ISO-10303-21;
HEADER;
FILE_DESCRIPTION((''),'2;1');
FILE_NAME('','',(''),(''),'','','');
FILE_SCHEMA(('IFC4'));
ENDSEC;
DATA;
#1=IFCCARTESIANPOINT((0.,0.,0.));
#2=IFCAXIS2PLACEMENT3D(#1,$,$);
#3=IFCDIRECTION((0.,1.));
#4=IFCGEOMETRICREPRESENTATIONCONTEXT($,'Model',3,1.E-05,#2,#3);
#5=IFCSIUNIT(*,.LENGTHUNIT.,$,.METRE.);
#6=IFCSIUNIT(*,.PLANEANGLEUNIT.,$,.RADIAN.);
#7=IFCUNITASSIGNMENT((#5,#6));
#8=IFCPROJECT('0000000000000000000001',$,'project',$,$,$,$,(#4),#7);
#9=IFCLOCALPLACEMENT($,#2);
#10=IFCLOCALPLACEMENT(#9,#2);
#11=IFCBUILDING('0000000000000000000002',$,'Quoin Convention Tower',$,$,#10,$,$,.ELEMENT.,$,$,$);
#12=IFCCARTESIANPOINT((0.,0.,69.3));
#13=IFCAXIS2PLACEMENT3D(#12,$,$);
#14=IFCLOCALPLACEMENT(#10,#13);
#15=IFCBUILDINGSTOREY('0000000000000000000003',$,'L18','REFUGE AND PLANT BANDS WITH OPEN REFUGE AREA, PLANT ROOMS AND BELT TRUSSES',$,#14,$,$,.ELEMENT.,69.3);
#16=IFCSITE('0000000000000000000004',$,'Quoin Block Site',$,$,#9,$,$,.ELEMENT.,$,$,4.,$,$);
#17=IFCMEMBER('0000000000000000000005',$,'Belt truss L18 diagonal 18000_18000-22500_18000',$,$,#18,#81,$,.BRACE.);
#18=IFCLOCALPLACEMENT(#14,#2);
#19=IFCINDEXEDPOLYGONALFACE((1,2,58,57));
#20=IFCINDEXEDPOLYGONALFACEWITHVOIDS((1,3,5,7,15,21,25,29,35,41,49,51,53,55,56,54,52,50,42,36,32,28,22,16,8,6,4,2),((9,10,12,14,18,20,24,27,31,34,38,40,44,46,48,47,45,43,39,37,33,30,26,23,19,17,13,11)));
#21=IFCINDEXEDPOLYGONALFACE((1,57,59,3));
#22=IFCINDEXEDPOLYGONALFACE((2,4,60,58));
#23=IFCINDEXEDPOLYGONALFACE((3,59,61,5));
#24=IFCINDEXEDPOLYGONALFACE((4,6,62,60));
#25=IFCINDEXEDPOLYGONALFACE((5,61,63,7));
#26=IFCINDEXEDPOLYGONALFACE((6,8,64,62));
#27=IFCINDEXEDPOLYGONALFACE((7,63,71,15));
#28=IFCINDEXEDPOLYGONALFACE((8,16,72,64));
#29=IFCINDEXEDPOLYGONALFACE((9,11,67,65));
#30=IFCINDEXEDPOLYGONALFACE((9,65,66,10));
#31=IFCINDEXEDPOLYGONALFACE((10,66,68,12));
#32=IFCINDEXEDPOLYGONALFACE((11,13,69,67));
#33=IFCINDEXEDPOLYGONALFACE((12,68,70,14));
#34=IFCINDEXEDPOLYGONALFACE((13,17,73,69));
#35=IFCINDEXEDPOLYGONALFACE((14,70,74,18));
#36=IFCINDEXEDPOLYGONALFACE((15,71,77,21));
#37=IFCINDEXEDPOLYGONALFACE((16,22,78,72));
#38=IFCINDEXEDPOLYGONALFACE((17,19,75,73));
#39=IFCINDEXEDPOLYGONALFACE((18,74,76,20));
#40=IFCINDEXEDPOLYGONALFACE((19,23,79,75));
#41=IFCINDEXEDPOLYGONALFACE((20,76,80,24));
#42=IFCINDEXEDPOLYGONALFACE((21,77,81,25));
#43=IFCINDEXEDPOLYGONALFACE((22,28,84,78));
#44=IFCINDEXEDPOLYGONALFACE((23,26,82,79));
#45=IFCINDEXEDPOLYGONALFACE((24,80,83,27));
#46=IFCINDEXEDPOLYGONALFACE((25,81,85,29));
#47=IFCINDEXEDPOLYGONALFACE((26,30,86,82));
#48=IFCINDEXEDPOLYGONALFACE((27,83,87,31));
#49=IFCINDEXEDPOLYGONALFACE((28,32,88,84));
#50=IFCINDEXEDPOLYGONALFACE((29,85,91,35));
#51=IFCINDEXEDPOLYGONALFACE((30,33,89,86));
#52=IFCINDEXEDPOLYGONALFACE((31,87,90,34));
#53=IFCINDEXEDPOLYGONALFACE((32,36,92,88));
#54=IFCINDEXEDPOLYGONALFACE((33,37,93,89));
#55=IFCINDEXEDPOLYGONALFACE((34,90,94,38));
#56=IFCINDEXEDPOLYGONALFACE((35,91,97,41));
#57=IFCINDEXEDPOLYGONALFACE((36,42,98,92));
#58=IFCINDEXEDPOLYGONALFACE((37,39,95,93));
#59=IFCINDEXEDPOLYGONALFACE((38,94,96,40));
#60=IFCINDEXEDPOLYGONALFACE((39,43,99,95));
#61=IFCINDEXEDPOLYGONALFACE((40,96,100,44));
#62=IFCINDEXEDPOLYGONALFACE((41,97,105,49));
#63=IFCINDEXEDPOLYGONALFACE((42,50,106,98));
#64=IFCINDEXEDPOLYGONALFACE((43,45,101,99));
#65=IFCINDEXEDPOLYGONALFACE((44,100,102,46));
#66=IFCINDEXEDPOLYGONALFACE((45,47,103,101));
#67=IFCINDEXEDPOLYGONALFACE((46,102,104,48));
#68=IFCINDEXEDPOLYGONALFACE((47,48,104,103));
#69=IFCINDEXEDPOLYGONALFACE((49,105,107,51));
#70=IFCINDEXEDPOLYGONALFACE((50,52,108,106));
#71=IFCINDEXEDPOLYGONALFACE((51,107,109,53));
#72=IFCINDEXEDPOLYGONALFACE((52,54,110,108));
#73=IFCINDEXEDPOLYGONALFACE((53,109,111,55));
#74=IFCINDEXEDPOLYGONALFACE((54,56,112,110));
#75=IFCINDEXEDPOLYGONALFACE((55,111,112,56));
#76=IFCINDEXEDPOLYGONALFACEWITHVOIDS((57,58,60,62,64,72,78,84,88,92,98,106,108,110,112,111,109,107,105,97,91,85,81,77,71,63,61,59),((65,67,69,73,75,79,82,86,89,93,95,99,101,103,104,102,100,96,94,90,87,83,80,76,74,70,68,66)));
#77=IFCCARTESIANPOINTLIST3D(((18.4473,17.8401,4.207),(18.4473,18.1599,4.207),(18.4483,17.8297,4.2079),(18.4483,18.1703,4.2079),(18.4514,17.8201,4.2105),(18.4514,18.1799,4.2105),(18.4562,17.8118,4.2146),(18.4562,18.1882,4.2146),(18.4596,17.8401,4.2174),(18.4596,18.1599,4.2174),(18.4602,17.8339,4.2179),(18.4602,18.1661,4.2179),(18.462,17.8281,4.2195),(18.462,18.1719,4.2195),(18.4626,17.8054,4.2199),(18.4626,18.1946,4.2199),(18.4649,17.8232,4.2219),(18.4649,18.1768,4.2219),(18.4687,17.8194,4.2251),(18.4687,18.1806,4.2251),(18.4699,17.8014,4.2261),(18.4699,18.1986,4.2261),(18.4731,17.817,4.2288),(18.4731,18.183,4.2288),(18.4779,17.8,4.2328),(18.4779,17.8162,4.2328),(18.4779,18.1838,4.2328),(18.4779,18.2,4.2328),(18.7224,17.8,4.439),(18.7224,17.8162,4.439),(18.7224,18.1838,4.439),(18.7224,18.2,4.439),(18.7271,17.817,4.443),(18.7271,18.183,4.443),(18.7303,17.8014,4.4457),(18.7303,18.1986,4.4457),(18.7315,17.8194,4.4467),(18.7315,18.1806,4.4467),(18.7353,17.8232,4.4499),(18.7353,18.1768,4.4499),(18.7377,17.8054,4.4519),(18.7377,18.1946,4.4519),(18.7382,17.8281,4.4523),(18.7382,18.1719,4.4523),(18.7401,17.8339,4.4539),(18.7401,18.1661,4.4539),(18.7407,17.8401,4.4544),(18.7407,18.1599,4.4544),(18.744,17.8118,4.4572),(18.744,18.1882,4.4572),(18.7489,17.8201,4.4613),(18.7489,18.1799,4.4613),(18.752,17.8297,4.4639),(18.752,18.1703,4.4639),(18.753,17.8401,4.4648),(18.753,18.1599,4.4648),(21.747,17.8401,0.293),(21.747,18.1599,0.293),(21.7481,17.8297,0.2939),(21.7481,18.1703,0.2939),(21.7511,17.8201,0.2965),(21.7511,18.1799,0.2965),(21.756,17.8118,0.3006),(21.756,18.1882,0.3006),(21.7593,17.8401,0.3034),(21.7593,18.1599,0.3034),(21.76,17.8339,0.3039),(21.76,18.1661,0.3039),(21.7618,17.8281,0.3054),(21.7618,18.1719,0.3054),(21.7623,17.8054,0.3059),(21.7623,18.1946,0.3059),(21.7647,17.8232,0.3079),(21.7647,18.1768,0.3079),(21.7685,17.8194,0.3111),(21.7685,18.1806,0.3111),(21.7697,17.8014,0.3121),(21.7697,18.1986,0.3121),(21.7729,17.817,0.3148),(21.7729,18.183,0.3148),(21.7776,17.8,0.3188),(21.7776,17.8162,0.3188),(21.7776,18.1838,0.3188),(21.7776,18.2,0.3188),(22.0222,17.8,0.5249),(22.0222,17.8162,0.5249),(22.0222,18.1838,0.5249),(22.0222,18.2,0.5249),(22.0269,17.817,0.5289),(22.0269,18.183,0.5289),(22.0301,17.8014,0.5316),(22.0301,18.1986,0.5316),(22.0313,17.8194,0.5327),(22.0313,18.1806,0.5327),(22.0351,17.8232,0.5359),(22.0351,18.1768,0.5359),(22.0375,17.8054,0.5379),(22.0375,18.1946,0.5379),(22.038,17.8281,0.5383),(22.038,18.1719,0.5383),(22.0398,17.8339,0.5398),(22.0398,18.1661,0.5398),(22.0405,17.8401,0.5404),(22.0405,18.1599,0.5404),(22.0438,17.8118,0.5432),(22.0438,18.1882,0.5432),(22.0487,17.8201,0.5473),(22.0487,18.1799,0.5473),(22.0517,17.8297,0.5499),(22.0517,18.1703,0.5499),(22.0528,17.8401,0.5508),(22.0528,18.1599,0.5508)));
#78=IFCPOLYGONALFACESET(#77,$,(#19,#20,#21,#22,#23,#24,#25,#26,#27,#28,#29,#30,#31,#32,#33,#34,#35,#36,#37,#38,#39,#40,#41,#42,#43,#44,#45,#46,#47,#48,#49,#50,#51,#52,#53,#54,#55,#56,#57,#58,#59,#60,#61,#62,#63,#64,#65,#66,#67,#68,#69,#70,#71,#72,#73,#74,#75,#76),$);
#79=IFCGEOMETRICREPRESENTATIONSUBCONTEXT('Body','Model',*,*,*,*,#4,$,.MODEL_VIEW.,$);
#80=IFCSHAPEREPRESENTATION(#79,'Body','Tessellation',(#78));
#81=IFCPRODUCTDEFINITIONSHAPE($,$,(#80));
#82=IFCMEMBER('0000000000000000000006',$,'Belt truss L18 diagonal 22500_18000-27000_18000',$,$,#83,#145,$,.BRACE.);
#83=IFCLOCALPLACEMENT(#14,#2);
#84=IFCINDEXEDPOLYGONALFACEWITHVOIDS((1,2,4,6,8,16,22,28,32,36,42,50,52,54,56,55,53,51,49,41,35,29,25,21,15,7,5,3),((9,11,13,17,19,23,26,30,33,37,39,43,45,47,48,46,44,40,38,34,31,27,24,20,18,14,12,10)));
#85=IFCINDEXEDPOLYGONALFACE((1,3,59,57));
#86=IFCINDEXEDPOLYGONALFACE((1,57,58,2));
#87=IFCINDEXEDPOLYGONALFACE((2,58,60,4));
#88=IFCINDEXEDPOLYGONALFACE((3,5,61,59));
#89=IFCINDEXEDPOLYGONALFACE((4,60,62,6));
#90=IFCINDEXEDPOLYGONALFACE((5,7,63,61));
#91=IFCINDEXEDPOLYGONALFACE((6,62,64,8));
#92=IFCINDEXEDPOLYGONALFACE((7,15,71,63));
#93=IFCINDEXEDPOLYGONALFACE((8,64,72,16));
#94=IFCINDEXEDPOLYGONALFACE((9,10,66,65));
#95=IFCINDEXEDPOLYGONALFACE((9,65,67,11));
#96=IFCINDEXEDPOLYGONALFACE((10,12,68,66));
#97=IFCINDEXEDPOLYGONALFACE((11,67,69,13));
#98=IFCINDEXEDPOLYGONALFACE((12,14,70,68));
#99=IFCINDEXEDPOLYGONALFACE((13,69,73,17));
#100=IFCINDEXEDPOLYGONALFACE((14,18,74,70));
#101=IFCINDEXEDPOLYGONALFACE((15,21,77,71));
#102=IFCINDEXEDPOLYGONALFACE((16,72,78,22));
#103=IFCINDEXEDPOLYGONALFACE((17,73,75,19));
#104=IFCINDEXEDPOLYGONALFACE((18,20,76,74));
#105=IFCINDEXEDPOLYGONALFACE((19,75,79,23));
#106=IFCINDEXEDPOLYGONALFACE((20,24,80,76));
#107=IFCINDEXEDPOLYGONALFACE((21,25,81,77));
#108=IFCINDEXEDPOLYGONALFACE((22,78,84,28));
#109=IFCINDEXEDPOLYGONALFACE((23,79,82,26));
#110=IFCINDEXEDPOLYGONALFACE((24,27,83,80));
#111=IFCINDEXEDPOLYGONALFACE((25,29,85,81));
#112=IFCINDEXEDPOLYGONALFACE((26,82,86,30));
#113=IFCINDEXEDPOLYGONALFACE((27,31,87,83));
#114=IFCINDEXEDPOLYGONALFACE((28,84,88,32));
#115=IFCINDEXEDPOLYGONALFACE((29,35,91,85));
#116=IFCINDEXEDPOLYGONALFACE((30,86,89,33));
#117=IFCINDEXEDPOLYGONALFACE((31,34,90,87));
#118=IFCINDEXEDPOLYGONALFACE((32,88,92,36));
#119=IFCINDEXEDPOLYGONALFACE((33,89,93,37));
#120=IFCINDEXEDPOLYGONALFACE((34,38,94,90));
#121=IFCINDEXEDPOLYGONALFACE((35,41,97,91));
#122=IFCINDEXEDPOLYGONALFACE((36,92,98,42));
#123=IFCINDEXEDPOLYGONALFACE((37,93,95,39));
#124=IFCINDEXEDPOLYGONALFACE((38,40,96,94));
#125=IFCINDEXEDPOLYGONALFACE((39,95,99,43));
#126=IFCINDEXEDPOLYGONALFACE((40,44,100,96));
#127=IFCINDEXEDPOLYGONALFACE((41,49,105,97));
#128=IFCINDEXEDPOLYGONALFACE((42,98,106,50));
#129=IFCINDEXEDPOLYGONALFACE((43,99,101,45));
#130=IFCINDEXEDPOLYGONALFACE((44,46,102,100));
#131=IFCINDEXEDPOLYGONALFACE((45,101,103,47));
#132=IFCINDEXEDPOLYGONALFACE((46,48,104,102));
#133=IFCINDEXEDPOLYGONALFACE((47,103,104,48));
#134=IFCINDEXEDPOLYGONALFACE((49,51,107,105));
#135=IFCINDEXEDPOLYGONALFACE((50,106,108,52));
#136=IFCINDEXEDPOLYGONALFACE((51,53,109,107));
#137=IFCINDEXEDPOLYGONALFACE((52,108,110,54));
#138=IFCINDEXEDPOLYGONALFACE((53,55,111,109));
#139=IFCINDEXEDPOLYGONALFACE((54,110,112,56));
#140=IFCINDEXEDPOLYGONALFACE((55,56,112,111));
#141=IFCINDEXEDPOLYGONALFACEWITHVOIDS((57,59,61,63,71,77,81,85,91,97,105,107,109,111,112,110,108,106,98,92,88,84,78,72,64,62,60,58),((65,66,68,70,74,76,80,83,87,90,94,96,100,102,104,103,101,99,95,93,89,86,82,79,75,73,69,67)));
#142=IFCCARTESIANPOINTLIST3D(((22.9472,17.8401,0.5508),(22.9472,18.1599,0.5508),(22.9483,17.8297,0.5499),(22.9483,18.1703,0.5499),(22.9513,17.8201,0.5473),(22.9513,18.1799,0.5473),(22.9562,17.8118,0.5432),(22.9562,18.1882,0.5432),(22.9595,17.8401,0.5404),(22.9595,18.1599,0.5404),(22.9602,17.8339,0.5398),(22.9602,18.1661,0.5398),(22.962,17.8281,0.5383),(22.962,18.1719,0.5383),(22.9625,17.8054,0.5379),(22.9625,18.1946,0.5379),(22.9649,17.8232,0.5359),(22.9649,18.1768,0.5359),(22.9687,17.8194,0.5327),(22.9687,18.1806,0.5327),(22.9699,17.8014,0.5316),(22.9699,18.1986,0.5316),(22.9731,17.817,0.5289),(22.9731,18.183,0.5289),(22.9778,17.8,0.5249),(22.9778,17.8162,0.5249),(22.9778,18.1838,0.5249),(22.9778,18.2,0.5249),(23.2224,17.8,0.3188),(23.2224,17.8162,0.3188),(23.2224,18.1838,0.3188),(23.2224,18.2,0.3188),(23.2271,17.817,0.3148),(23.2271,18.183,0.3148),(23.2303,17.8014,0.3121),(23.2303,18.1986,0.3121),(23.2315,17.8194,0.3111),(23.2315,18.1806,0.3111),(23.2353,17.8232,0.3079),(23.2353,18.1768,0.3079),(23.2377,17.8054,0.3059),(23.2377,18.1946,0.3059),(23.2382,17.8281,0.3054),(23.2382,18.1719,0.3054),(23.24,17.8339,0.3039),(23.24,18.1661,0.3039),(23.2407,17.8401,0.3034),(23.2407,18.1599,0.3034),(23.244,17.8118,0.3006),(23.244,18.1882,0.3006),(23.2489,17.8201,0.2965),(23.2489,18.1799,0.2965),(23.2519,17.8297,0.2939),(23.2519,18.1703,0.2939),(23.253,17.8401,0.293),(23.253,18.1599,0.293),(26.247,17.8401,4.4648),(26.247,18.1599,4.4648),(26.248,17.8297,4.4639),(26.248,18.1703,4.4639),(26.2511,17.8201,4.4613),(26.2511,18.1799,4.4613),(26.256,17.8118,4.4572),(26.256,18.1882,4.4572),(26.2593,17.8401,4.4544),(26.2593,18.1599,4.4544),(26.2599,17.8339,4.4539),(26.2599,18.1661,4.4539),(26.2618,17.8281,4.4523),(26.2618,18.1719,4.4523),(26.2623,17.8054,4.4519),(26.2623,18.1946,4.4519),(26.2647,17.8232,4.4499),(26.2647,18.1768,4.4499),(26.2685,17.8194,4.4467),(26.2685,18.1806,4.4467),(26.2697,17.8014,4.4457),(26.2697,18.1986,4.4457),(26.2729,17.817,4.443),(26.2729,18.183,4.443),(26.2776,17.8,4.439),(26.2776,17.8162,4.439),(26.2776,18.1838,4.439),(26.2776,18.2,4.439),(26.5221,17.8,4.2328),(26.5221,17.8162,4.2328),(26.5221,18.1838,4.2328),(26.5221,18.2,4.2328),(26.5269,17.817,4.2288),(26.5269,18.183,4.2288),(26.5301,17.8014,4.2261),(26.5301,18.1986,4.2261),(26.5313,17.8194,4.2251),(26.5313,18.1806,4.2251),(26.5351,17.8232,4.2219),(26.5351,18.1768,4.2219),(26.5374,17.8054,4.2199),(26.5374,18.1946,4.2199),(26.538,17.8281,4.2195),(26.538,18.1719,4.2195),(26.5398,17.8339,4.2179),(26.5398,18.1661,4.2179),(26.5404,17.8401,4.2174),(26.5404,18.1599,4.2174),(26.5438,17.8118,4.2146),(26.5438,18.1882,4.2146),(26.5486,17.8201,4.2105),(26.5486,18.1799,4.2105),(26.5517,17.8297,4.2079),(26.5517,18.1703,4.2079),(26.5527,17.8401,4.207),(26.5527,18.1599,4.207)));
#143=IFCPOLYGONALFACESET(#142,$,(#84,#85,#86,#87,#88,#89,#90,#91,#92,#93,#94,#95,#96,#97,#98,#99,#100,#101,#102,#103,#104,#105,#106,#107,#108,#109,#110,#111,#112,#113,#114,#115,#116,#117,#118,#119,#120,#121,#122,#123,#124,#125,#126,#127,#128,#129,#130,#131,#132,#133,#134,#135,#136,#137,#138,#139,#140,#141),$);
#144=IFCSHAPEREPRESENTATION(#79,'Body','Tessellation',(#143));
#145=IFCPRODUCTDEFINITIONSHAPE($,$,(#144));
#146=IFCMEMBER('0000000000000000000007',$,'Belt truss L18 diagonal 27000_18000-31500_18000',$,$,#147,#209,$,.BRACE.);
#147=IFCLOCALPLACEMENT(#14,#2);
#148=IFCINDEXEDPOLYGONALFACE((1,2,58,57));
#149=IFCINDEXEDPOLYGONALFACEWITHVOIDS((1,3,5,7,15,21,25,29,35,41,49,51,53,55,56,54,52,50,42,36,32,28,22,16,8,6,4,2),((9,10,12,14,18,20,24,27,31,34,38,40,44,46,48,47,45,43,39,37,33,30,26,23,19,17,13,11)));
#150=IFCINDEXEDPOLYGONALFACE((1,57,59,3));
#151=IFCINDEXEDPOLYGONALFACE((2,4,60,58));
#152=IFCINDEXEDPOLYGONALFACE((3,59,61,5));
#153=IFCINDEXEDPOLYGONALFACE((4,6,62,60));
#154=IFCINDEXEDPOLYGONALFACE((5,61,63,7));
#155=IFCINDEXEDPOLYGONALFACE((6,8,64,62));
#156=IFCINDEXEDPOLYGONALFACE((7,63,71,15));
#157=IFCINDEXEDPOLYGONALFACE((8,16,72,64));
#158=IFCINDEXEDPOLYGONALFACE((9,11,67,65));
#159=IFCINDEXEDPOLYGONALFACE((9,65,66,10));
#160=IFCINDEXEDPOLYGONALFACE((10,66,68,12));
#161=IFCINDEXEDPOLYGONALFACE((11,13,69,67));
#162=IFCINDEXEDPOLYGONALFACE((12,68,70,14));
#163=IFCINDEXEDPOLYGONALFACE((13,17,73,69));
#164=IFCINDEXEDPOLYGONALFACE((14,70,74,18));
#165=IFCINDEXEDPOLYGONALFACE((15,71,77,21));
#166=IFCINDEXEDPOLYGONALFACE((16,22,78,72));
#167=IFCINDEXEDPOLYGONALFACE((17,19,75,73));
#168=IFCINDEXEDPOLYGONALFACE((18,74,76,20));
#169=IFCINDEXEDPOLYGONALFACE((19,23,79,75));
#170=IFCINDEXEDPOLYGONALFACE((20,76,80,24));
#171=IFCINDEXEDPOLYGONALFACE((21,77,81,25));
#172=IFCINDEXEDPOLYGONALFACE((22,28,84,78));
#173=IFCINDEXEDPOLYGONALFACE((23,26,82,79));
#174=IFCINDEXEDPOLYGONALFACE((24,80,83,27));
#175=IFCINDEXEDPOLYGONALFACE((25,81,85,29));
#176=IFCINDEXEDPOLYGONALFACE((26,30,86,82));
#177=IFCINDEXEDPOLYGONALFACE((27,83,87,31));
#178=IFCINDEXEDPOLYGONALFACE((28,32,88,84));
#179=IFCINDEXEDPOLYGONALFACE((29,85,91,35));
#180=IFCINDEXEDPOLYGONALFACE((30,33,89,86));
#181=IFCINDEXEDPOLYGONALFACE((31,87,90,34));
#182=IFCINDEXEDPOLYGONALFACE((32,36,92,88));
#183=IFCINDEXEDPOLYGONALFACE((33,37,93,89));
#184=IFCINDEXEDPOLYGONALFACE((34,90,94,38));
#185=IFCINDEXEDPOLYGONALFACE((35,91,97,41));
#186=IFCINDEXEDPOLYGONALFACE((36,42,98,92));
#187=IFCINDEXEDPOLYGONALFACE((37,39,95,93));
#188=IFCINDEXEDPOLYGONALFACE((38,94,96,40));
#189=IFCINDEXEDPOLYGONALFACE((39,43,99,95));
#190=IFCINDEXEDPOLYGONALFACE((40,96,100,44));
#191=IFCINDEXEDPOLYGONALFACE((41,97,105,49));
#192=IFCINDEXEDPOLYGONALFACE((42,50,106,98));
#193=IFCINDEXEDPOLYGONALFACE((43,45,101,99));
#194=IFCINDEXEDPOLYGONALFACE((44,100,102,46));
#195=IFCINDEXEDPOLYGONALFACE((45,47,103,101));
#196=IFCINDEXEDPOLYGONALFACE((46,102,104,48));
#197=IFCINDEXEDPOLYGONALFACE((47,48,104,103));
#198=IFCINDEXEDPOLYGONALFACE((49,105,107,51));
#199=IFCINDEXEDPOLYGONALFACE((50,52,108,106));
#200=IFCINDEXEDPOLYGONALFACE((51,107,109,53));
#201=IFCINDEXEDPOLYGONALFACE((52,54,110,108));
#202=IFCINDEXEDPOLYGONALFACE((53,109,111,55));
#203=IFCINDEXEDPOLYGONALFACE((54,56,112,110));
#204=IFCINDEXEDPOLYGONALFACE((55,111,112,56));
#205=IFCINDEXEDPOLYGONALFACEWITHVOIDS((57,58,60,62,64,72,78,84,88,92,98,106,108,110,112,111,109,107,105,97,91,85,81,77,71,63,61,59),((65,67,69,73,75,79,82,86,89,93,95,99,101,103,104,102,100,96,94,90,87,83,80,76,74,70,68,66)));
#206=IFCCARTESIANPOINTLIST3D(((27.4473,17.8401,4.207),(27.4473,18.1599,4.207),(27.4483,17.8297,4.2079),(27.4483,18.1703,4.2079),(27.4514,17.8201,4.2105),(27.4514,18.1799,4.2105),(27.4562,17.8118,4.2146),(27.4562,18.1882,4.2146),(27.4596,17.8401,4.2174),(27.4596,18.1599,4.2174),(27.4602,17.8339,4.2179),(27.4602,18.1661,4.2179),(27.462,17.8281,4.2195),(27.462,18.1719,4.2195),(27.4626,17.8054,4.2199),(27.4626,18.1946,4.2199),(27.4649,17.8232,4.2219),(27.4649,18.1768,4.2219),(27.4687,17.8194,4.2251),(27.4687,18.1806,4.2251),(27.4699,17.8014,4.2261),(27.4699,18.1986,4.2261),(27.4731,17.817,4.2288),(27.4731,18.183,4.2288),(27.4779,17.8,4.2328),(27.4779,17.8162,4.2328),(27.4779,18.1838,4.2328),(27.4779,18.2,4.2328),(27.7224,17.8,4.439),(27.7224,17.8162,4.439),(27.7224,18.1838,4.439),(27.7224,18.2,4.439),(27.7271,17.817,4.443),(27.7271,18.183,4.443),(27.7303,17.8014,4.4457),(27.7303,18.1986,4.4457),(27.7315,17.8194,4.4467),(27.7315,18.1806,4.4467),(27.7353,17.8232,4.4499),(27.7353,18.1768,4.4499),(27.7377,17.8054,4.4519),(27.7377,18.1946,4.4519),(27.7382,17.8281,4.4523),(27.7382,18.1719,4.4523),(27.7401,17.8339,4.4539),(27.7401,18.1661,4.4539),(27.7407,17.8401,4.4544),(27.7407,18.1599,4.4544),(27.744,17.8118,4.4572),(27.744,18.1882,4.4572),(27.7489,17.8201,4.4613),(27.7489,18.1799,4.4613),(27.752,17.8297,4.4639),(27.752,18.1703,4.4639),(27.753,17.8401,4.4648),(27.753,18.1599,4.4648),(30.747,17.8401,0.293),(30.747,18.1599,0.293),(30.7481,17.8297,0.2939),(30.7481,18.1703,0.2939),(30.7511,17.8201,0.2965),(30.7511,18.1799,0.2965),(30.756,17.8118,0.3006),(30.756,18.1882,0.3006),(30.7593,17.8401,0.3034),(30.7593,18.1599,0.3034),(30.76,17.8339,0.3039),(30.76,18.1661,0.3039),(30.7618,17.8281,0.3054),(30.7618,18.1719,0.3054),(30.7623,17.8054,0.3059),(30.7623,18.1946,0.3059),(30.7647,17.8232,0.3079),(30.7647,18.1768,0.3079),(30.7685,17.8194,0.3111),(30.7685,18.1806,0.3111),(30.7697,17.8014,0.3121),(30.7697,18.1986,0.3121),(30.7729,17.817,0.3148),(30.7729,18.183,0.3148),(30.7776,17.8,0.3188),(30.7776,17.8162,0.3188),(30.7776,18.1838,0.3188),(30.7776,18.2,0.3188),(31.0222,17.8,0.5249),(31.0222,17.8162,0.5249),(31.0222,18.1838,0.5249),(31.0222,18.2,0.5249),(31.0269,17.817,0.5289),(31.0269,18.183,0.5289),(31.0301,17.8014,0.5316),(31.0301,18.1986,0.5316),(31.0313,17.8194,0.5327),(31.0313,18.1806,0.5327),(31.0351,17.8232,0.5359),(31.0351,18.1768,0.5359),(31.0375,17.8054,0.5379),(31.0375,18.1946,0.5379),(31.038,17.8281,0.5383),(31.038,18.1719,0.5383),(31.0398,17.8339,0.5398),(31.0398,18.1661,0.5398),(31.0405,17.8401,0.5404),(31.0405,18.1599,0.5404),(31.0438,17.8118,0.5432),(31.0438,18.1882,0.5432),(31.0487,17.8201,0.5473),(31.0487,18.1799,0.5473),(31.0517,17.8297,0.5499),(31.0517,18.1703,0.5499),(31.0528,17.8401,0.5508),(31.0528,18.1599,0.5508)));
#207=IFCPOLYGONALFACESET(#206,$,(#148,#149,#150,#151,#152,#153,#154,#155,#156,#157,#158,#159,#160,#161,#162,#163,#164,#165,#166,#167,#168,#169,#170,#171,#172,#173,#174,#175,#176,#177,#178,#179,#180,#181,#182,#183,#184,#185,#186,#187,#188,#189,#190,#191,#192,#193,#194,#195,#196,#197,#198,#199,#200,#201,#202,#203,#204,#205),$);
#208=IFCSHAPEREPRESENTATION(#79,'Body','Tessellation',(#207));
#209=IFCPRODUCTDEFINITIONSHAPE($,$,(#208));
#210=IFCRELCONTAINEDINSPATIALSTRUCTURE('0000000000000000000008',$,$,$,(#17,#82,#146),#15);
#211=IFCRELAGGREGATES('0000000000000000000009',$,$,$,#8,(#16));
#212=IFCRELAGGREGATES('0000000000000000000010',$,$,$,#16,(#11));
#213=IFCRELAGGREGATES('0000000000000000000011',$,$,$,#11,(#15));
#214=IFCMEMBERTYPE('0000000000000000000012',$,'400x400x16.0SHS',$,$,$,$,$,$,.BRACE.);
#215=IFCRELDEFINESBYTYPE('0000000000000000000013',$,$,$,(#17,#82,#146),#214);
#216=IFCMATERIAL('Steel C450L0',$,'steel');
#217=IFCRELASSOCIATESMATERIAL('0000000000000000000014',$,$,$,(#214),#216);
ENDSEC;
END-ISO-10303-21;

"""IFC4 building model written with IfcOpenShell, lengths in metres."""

from ifc_helpers import new_model, si_unit, direction, frame, origin, origin_2d, place, context, subcontext, project, spatial, hollow_rectangle, extrude, material, material_profile, profile_set, type_object, element, save


model = new_model("IFC4")

# Units and contexts
model_context = context("Model", 3, precision=1e-05, world=origin(), true_north=direction((0.0, 1.0)))
body_context = subcontext(model_context, "Body", "Model", "MODEL_VIEW")
ifc_project = project(units=[si_unit("LENGTHUNIT", "METRE"), si_unit("PLANEANGLEUNIT", "RADIAN")], contexts=[model_context])

# Site, building, storey
site_placement = place(None, origin())
site = spatial("IfcSite", under=ifc_project, at=site_placement, Name="Quoin Block Site", CompositionType="ELEMENT", RefElevation=4.0)
building_placement = place(site_placement, origin())
building = spatial("IfcBuilding", under=site, at=building_placement, Name="Quoin Convention Tower", CompositionType="ELEMENT")
storey_placement = place(building_placement, frame((0.0, 0.0, 69.3)))
storey = spatial("IfcBuildingStorey", under=building, at=storey_placement, Name="L18", Description="REFUGE AND PLANT BANDS WITH OPEN REFUGE AREA, PLANT ROOMS AND BELT TRUSSES", CompositionType="ELEMENT", Elevation=69.3)

# Members
ifc_material_1 = material(Name="Steel C450L0", Category="steel")
ifc_material_profile_1 = material_profile(ifc_material_1, hollow_rectangle(XDim=0.3999, YDim=0.3999, WallThickness=0.0161, InnerFilletRadius=0.0239, OuterFilletRadius=0.04, at=origin_2d()), Name="400x400x16.0SHS")
ifc_profile_set_1 = profile_set([ifc_material_profile_1], Name="Steel C450L0")
member_type_1 = type_object("IfcMemberType", Name="400x400x16.0SHS", PredefinedType="BRACE", material=ifc_profile_set_1)
for number, where, z_axis, x_axis, name in (
    (1, (21.8999, 18.0, 0.4219), (-0.644564, 0.0, 0.76455), (0.0, -1.0, 0.0), "Belt truss L18 diagonal 18000_18000-22500_18000"),
    (2, (23.1001, 18.0, 0.4219), (0.644564, 0.0, 0.76455), (0.0, 1.0, 0.0), "Belt truss L18 diagonal 22500_18000-27000_18000"),
    (3, (30.8999, 18.0, 0.4219), (-0.644564, 0.0, 0.76455), (0.0, -1.0, 0.0), "Belt truss L18 diagonal 27000_18000-31500_18000"),
):
    element("IfcMember", number, at=place(storey_placement, frame(where, z_axis=z_axis, x_axis=x_axis)), inside=storey, type_object=member_type_1, Name=name, PredefinedType="BRACE", context=body_context, shape_type="SweptSolid", body=[
        extrude(hollow_rectangle(XDim=0.3999, YDim=0.3999, WallThickness=0.0161, InnerFilletRadius=0.0239, OuterFilletRadius=0.04, at=origin_2d()), origin(), (0.0, 0.0, 1.0), 5.1194),
    ])

save(model, "model.ifc")
